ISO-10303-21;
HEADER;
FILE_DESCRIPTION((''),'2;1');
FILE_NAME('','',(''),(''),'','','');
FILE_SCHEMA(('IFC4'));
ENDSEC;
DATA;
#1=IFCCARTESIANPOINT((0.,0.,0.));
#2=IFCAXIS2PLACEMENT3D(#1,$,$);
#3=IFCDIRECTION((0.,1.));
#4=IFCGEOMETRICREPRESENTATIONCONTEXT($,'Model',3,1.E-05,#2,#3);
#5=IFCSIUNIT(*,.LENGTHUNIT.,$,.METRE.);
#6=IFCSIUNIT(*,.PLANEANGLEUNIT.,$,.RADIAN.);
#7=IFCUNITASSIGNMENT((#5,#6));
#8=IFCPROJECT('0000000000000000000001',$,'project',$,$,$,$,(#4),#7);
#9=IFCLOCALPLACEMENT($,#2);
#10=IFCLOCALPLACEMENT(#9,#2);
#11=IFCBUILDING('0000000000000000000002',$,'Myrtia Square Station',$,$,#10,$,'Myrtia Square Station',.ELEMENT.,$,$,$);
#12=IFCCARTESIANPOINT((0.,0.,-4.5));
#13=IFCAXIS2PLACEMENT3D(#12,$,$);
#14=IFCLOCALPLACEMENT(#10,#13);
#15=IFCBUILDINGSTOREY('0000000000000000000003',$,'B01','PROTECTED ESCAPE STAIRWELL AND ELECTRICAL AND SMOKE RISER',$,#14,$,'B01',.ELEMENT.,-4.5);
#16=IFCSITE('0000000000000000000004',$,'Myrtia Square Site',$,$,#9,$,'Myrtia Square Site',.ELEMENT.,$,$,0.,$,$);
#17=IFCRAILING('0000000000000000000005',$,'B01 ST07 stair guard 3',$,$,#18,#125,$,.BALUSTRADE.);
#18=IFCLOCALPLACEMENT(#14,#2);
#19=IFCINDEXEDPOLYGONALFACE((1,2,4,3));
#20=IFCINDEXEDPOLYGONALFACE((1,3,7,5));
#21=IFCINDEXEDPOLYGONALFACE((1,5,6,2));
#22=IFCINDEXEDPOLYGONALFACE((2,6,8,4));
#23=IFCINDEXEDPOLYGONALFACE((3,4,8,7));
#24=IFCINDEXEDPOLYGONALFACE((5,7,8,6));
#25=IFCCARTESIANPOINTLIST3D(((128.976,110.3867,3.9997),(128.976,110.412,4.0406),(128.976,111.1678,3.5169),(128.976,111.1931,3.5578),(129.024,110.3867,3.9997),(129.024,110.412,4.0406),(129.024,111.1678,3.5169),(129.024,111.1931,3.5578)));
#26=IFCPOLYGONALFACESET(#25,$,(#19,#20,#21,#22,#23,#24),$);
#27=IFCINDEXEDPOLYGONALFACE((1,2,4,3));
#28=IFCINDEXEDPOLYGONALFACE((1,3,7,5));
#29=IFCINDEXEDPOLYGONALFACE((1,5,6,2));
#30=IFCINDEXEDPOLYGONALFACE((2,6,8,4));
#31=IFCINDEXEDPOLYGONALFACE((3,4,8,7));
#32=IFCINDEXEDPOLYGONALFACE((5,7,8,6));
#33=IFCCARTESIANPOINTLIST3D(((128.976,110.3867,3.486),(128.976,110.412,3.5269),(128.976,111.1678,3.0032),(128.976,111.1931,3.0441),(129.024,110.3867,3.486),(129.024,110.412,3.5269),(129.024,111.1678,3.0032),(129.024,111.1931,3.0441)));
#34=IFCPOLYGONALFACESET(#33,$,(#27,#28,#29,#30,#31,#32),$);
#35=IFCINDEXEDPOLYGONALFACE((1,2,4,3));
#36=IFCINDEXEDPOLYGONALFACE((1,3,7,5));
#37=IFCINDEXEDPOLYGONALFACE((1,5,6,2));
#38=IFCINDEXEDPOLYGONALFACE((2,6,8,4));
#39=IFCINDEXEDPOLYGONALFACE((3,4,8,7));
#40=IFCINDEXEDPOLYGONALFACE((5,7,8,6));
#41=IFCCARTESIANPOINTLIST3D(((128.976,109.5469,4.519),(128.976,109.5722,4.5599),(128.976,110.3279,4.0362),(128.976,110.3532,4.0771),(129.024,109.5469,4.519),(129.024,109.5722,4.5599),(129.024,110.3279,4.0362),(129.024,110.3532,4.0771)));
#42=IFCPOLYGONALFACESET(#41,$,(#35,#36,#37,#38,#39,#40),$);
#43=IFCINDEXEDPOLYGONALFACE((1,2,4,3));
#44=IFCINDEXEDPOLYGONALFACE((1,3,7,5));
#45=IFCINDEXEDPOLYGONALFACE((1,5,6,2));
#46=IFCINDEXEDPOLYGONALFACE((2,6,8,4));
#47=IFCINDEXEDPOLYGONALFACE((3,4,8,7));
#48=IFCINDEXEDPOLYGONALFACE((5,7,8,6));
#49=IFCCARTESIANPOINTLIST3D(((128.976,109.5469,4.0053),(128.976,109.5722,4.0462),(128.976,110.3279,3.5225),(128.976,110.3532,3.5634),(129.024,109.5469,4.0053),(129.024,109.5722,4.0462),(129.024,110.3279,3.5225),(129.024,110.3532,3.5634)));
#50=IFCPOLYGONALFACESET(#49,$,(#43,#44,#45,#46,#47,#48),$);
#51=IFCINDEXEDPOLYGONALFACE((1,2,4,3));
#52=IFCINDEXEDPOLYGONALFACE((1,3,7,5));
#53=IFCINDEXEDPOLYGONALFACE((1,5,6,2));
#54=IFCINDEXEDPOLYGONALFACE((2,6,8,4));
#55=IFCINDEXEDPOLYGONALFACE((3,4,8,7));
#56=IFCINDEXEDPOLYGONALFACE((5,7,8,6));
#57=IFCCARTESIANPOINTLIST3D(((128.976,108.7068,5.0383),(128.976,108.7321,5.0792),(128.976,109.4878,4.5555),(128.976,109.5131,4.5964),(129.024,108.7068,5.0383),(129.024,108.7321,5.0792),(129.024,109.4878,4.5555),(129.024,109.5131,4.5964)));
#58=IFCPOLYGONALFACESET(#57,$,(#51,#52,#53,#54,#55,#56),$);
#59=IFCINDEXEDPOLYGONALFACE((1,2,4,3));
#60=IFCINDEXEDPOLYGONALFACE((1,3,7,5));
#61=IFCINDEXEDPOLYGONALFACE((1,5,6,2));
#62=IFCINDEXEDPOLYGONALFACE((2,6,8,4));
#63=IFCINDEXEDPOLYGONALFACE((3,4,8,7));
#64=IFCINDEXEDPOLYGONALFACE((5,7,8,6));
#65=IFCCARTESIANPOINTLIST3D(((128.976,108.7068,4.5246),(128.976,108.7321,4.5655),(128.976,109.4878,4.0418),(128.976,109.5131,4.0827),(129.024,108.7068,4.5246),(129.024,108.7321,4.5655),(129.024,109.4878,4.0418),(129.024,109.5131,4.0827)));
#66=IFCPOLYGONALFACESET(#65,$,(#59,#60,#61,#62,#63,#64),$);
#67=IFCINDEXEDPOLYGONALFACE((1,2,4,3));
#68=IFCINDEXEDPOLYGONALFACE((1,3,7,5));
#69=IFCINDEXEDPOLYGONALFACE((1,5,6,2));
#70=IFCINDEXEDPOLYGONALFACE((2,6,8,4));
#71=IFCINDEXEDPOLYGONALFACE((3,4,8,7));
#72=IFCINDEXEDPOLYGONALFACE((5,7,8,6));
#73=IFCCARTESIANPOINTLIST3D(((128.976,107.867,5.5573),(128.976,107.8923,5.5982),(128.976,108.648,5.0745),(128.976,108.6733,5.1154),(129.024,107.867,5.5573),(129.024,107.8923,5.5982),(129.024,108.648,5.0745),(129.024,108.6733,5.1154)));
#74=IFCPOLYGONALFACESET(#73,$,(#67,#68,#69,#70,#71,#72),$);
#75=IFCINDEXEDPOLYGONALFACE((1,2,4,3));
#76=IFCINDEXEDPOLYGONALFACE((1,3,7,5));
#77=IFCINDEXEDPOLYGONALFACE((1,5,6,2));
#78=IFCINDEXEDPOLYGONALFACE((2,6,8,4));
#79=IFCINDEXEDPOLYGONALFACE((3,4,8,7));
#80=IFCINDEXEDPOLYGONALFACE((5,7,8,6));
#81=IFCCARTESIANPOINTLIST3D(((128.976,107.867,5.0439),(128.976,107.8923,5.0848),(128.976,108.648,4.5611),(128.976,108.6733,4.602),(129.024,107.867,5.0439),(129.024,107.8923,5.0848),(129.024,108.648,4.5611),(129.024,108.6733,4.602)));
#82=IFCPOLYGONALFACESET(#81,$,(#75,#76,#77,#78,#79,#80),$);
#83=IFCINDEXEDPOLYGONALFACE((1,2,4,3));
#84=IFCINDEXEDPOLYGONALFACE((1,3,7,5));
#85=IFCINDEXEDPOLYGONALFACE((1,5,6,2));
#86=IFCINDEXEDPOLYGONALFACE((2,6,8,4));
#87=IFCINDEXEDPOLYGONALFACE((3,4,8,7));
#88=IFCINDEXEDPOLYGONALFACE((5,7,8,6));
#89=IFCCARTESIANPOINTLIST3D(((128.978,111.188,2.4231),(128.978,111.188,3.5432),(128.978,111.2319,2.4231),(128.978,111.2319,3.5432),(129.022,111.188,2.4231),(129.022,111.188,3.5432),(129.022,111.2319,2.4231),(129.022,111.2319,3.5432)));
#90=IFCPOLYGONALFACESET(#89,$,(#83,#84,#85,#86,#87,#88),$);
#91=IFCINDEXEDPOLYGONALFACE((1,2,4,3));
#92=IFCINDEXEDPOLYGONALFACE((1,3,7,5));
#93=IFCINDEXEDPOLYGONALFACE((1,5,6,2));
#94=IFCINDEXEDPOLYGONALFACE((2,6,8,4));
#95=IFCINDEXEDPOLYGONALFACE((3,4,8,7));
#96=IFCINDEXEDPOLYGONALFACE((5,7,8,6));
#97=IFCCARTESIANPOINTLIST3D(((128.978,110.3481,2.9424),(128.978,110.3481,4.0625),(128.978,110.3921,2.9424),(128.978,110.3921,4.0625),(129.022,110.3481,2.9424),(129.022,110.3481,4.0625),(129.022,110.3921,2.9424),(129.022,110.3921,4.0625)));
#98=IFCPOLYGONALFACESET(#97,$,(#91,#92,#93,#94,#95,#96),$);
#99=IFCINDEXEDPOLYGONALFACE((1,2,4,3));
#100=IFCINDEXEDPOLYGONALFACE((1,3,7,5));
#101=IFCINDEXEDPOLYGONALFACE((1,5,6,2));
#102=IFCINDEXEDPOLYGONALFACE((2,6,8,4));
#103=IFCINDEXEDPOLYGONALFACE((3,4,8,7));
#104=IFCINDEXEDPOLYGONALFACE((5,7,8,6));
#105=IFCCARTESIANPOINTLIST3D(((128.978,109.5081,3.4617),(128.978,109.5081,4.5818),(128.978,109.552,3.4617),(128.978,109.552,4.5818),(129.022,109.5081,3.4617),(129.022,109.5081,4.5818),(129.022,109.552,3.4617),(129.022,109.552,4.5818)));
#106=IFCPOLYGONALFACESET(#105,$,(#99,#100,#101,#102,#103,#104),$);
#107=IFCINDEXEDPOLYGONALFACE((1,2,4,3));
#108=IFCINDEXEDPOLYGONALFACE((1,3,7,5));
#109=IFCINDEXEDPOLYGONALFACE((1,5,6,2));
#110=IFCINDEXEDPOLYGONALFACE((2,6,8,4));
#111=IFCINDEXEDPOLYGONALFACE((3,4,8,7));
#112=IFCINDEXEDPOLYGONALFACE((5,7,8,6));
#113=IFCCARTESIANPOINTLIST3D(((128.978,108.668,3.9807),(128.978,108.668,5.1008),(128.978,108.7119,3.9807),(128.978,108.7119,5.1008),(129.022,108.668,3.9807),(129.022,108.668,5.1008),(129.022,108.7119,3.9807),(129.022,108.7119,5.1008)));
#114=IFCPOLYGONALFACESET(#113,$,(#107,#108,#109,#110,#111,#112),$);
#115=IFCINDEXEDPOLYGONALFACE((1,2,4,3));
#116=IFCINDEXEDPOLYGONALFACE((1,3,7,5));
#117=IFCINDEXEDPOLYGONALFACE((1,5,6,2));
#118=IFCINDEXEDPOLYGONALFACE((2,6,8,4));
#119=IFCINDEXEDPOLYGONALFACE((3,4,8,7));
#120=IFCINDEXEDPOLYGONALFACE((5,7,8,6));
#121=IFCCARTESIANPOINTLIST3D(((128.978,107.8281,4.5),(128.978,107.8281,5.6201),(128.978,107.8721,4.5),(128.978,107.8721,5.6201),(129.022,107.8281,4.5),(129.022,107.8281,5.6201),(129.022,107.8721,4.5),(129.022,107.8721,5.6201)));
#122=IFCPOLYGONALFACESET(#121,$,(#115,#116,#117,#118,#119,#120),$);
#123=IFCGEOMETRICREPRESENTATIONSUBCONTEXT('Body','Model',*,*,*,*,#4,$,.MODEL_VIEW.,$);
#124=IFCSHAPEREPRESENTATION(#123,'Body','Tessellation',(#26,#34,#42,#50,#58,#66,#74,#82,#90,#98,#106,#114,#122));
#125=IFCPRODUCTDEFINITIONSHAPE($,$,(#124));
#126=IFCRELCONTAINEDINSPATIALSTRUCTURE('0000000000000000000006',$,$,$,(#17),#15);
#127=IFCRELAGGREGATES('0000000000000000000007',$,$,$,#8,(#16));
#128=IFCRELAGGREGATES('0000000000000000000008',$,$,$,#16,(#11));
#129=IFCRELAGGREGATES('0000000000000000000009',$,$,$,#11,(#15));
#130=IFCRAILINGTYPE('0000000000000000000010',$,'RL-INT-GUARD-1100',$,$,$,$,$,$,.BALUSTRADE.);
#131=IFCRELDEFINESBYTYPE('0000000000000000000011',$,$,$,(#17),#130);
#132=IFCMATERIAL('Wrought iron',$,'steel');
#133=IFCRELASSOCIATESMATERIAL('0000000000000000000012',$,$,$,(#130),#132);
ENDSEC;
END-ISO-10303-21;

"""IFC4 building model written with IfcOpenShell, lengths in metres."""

from ifc_helpers import new_model, si_unit, direction, frame, origin, origin_2d, place, context, subcontext, project, spatial, rectangle, extrude, material, type_object, element, save


model = new_model("IFC4")

# Units and contexts
model_context = context("Model", 3, precision=1e-05, world=origin(), true_north=direction((0.0, 1.0)))
body_context = subcontext(model_context, "Body", "Model", "MODEL_VIEW")
ifc_project = project(units=[si_unit("LENGTHUNIT", "METRE"), si_unit("PLANEANGLEUNIT", "RADIAN")], contexts=[model_context])

# Site, building, storey
site_placement = place(None, origin())
site = spatial("IfcSite", under=ifc_project, at=site_placement, Name="Myrtia Square Site", LongName="Myrtia Square Site", CompositionType="ELEMENT", RefElevation=0.0)
building_placement = place(site_placement, origin())
building = spatial("IfcBuilding", under=site, at=building_placement, Name="Myrtia Square Station", LongName="Myrtia Square Station", CompositionType="ELEMENT")
storey_placement = place(building_placement, frame((0.0, 0.0, -4.5)))
storey = spatial("IfcBuildingStorey", under=building, at=storey_placement, Name="B01", Description="PROTECTED ESCAPE STAIRWELL AND ELECTRICAL AND SMOKE RISER", LongName="B01", CompositionType="ELEMENT", Elevation=-4.5)

# Railing
ifc_material_1 = material(Name="Wrought iron", Category="steel")
railing_type = type_object("IfcRailingType", Name="RL-INT-GUARD-1100", PredefinedType="BALUSTRADE", material=ifc_material_1)
railing_1_placement = place(storey_placement, frame((129.0, 111.21, 2.4231)))
element("IfcRailing", 1, at=railing_1_placement, inside=storey, type_object=railing_type, Name="B01 ST07 stair guard 3", PredefinedType="BALUSTRADE", context=body_context, shape_type="SweptSolid", body=[
    extrude(rectangle(XDim=0.0481, YDim=0.0481, at=origin_2d()), frame((0.0, -0.0295, 1.1143), z_axis=(0.0, -0.850606, 0.525803), x_axis=(1.0, 0.0, 0.0)), (0.0, 0.0, 1.0), 0.9182),
    extrude(rectangle(XDim=0.0481, YDim=0.0481, at=origin_2d()), frame((0.0, -0.0295, 0.6006), z_axis=(0.0, -0.850606, 0.525803), x_axis=(1.0, 0.0, 0.0)), (0.0, 0.0, 1.0), 0.9182),
    extrude(rectangle(XDim=0.0481, YDim=0.0481, at=origin_2d()), frame((0.0, -0.8694, 1.6335), z_axis=(0.0, -0.850606, 0.525803), x_axis=(1.0, 0.0, 0.0)), (0.0, 0.0, 1.0), 0.9182),
    extrude(rectangle(XDim=0.0481, YDim=0.0481, at=origin_2d()), frame((0.0, -0.8694, 1.1199), z_axis=(0.0, -0.850606, 0.525803), x_axis=(1.0, 0.0, 0.0)), (0.0, 0.0, 1.0), 0.9182),
    extrude(rectangle(XDim=0.0481, YDim=0.0481, at=origin_2d()), frame((0.0, -1.7095, 2.1528), z_axis=(0.0, -0.850606, 0.525803), x_axis=(1.0, 0.0, 0.0)), (0.0, 0.0, 1.0), 0.9182),
    extrude(rectangle(XDim=0.0481, YDim=0.0481, at=origin_2d()), frame((0.0, -1.7095, 1.6392), z_axis=(0.0, -0.850606, 0.525803), x_axis=(1.0, 0.0, 0.0)), (0.0, 0.0, 1.0), 0.9182),
    extrude(rectangle(XDim=0.0481, YDim=0.0481, at=origin_2d()), frame((0.0, -2.5493, 2.6719), z_axis=(0.0, -0.850606, 0.525803), x_axis=(1.0, 0.0, 0.0)), (0.0, 0.0, 1.0), 0.9182),
    extrude(rectangle(XDim=0.0481, YDim=0.0481, at=origin_2d()), frame((0.0, -2.5493, 2.1584), z_axis=(0.0, -0.850606, 0.525803), x_axis=(1.0, 0.0, 0.0)), (0.0, 0.0, 1.0), 0.9182),
    extrude(rectangle(XDim=0.0439, YDim=0.0439, at=origin_2d()), origin(), (0.0, 0.0, 1.0), 1.1201),
    extrude(rectangle(XDim=0.0439, YDim=0.0439, at=origin_2d()), frame((0.0, -0.8398, 0.5193)), (0.0, 0.0, 1.0), 1.1201),
    extrude(rectangle(XDim=0.0439, YDim=0.0439, at=origin_2d()), frame((0.0, -1.6799, 1.0386)), (0.0, 0.0, 1.0), 1.1201),
    extrude(rectangle(XDim=0.0439, YDim=0.0439, at=origin_2d()), frame((0.0, -2.52, 1.5576)), (0.0, 0.0, 1.0), 1.1201),
    extrude(rectangle(XDim=0.0439, YDim=0.0439, at=origin_2d()), frame((0.0, -3.3599, 2.0769)), (0.0, 0.0, 1.0), 1.1201),
])

save(model, "model.ifc")
